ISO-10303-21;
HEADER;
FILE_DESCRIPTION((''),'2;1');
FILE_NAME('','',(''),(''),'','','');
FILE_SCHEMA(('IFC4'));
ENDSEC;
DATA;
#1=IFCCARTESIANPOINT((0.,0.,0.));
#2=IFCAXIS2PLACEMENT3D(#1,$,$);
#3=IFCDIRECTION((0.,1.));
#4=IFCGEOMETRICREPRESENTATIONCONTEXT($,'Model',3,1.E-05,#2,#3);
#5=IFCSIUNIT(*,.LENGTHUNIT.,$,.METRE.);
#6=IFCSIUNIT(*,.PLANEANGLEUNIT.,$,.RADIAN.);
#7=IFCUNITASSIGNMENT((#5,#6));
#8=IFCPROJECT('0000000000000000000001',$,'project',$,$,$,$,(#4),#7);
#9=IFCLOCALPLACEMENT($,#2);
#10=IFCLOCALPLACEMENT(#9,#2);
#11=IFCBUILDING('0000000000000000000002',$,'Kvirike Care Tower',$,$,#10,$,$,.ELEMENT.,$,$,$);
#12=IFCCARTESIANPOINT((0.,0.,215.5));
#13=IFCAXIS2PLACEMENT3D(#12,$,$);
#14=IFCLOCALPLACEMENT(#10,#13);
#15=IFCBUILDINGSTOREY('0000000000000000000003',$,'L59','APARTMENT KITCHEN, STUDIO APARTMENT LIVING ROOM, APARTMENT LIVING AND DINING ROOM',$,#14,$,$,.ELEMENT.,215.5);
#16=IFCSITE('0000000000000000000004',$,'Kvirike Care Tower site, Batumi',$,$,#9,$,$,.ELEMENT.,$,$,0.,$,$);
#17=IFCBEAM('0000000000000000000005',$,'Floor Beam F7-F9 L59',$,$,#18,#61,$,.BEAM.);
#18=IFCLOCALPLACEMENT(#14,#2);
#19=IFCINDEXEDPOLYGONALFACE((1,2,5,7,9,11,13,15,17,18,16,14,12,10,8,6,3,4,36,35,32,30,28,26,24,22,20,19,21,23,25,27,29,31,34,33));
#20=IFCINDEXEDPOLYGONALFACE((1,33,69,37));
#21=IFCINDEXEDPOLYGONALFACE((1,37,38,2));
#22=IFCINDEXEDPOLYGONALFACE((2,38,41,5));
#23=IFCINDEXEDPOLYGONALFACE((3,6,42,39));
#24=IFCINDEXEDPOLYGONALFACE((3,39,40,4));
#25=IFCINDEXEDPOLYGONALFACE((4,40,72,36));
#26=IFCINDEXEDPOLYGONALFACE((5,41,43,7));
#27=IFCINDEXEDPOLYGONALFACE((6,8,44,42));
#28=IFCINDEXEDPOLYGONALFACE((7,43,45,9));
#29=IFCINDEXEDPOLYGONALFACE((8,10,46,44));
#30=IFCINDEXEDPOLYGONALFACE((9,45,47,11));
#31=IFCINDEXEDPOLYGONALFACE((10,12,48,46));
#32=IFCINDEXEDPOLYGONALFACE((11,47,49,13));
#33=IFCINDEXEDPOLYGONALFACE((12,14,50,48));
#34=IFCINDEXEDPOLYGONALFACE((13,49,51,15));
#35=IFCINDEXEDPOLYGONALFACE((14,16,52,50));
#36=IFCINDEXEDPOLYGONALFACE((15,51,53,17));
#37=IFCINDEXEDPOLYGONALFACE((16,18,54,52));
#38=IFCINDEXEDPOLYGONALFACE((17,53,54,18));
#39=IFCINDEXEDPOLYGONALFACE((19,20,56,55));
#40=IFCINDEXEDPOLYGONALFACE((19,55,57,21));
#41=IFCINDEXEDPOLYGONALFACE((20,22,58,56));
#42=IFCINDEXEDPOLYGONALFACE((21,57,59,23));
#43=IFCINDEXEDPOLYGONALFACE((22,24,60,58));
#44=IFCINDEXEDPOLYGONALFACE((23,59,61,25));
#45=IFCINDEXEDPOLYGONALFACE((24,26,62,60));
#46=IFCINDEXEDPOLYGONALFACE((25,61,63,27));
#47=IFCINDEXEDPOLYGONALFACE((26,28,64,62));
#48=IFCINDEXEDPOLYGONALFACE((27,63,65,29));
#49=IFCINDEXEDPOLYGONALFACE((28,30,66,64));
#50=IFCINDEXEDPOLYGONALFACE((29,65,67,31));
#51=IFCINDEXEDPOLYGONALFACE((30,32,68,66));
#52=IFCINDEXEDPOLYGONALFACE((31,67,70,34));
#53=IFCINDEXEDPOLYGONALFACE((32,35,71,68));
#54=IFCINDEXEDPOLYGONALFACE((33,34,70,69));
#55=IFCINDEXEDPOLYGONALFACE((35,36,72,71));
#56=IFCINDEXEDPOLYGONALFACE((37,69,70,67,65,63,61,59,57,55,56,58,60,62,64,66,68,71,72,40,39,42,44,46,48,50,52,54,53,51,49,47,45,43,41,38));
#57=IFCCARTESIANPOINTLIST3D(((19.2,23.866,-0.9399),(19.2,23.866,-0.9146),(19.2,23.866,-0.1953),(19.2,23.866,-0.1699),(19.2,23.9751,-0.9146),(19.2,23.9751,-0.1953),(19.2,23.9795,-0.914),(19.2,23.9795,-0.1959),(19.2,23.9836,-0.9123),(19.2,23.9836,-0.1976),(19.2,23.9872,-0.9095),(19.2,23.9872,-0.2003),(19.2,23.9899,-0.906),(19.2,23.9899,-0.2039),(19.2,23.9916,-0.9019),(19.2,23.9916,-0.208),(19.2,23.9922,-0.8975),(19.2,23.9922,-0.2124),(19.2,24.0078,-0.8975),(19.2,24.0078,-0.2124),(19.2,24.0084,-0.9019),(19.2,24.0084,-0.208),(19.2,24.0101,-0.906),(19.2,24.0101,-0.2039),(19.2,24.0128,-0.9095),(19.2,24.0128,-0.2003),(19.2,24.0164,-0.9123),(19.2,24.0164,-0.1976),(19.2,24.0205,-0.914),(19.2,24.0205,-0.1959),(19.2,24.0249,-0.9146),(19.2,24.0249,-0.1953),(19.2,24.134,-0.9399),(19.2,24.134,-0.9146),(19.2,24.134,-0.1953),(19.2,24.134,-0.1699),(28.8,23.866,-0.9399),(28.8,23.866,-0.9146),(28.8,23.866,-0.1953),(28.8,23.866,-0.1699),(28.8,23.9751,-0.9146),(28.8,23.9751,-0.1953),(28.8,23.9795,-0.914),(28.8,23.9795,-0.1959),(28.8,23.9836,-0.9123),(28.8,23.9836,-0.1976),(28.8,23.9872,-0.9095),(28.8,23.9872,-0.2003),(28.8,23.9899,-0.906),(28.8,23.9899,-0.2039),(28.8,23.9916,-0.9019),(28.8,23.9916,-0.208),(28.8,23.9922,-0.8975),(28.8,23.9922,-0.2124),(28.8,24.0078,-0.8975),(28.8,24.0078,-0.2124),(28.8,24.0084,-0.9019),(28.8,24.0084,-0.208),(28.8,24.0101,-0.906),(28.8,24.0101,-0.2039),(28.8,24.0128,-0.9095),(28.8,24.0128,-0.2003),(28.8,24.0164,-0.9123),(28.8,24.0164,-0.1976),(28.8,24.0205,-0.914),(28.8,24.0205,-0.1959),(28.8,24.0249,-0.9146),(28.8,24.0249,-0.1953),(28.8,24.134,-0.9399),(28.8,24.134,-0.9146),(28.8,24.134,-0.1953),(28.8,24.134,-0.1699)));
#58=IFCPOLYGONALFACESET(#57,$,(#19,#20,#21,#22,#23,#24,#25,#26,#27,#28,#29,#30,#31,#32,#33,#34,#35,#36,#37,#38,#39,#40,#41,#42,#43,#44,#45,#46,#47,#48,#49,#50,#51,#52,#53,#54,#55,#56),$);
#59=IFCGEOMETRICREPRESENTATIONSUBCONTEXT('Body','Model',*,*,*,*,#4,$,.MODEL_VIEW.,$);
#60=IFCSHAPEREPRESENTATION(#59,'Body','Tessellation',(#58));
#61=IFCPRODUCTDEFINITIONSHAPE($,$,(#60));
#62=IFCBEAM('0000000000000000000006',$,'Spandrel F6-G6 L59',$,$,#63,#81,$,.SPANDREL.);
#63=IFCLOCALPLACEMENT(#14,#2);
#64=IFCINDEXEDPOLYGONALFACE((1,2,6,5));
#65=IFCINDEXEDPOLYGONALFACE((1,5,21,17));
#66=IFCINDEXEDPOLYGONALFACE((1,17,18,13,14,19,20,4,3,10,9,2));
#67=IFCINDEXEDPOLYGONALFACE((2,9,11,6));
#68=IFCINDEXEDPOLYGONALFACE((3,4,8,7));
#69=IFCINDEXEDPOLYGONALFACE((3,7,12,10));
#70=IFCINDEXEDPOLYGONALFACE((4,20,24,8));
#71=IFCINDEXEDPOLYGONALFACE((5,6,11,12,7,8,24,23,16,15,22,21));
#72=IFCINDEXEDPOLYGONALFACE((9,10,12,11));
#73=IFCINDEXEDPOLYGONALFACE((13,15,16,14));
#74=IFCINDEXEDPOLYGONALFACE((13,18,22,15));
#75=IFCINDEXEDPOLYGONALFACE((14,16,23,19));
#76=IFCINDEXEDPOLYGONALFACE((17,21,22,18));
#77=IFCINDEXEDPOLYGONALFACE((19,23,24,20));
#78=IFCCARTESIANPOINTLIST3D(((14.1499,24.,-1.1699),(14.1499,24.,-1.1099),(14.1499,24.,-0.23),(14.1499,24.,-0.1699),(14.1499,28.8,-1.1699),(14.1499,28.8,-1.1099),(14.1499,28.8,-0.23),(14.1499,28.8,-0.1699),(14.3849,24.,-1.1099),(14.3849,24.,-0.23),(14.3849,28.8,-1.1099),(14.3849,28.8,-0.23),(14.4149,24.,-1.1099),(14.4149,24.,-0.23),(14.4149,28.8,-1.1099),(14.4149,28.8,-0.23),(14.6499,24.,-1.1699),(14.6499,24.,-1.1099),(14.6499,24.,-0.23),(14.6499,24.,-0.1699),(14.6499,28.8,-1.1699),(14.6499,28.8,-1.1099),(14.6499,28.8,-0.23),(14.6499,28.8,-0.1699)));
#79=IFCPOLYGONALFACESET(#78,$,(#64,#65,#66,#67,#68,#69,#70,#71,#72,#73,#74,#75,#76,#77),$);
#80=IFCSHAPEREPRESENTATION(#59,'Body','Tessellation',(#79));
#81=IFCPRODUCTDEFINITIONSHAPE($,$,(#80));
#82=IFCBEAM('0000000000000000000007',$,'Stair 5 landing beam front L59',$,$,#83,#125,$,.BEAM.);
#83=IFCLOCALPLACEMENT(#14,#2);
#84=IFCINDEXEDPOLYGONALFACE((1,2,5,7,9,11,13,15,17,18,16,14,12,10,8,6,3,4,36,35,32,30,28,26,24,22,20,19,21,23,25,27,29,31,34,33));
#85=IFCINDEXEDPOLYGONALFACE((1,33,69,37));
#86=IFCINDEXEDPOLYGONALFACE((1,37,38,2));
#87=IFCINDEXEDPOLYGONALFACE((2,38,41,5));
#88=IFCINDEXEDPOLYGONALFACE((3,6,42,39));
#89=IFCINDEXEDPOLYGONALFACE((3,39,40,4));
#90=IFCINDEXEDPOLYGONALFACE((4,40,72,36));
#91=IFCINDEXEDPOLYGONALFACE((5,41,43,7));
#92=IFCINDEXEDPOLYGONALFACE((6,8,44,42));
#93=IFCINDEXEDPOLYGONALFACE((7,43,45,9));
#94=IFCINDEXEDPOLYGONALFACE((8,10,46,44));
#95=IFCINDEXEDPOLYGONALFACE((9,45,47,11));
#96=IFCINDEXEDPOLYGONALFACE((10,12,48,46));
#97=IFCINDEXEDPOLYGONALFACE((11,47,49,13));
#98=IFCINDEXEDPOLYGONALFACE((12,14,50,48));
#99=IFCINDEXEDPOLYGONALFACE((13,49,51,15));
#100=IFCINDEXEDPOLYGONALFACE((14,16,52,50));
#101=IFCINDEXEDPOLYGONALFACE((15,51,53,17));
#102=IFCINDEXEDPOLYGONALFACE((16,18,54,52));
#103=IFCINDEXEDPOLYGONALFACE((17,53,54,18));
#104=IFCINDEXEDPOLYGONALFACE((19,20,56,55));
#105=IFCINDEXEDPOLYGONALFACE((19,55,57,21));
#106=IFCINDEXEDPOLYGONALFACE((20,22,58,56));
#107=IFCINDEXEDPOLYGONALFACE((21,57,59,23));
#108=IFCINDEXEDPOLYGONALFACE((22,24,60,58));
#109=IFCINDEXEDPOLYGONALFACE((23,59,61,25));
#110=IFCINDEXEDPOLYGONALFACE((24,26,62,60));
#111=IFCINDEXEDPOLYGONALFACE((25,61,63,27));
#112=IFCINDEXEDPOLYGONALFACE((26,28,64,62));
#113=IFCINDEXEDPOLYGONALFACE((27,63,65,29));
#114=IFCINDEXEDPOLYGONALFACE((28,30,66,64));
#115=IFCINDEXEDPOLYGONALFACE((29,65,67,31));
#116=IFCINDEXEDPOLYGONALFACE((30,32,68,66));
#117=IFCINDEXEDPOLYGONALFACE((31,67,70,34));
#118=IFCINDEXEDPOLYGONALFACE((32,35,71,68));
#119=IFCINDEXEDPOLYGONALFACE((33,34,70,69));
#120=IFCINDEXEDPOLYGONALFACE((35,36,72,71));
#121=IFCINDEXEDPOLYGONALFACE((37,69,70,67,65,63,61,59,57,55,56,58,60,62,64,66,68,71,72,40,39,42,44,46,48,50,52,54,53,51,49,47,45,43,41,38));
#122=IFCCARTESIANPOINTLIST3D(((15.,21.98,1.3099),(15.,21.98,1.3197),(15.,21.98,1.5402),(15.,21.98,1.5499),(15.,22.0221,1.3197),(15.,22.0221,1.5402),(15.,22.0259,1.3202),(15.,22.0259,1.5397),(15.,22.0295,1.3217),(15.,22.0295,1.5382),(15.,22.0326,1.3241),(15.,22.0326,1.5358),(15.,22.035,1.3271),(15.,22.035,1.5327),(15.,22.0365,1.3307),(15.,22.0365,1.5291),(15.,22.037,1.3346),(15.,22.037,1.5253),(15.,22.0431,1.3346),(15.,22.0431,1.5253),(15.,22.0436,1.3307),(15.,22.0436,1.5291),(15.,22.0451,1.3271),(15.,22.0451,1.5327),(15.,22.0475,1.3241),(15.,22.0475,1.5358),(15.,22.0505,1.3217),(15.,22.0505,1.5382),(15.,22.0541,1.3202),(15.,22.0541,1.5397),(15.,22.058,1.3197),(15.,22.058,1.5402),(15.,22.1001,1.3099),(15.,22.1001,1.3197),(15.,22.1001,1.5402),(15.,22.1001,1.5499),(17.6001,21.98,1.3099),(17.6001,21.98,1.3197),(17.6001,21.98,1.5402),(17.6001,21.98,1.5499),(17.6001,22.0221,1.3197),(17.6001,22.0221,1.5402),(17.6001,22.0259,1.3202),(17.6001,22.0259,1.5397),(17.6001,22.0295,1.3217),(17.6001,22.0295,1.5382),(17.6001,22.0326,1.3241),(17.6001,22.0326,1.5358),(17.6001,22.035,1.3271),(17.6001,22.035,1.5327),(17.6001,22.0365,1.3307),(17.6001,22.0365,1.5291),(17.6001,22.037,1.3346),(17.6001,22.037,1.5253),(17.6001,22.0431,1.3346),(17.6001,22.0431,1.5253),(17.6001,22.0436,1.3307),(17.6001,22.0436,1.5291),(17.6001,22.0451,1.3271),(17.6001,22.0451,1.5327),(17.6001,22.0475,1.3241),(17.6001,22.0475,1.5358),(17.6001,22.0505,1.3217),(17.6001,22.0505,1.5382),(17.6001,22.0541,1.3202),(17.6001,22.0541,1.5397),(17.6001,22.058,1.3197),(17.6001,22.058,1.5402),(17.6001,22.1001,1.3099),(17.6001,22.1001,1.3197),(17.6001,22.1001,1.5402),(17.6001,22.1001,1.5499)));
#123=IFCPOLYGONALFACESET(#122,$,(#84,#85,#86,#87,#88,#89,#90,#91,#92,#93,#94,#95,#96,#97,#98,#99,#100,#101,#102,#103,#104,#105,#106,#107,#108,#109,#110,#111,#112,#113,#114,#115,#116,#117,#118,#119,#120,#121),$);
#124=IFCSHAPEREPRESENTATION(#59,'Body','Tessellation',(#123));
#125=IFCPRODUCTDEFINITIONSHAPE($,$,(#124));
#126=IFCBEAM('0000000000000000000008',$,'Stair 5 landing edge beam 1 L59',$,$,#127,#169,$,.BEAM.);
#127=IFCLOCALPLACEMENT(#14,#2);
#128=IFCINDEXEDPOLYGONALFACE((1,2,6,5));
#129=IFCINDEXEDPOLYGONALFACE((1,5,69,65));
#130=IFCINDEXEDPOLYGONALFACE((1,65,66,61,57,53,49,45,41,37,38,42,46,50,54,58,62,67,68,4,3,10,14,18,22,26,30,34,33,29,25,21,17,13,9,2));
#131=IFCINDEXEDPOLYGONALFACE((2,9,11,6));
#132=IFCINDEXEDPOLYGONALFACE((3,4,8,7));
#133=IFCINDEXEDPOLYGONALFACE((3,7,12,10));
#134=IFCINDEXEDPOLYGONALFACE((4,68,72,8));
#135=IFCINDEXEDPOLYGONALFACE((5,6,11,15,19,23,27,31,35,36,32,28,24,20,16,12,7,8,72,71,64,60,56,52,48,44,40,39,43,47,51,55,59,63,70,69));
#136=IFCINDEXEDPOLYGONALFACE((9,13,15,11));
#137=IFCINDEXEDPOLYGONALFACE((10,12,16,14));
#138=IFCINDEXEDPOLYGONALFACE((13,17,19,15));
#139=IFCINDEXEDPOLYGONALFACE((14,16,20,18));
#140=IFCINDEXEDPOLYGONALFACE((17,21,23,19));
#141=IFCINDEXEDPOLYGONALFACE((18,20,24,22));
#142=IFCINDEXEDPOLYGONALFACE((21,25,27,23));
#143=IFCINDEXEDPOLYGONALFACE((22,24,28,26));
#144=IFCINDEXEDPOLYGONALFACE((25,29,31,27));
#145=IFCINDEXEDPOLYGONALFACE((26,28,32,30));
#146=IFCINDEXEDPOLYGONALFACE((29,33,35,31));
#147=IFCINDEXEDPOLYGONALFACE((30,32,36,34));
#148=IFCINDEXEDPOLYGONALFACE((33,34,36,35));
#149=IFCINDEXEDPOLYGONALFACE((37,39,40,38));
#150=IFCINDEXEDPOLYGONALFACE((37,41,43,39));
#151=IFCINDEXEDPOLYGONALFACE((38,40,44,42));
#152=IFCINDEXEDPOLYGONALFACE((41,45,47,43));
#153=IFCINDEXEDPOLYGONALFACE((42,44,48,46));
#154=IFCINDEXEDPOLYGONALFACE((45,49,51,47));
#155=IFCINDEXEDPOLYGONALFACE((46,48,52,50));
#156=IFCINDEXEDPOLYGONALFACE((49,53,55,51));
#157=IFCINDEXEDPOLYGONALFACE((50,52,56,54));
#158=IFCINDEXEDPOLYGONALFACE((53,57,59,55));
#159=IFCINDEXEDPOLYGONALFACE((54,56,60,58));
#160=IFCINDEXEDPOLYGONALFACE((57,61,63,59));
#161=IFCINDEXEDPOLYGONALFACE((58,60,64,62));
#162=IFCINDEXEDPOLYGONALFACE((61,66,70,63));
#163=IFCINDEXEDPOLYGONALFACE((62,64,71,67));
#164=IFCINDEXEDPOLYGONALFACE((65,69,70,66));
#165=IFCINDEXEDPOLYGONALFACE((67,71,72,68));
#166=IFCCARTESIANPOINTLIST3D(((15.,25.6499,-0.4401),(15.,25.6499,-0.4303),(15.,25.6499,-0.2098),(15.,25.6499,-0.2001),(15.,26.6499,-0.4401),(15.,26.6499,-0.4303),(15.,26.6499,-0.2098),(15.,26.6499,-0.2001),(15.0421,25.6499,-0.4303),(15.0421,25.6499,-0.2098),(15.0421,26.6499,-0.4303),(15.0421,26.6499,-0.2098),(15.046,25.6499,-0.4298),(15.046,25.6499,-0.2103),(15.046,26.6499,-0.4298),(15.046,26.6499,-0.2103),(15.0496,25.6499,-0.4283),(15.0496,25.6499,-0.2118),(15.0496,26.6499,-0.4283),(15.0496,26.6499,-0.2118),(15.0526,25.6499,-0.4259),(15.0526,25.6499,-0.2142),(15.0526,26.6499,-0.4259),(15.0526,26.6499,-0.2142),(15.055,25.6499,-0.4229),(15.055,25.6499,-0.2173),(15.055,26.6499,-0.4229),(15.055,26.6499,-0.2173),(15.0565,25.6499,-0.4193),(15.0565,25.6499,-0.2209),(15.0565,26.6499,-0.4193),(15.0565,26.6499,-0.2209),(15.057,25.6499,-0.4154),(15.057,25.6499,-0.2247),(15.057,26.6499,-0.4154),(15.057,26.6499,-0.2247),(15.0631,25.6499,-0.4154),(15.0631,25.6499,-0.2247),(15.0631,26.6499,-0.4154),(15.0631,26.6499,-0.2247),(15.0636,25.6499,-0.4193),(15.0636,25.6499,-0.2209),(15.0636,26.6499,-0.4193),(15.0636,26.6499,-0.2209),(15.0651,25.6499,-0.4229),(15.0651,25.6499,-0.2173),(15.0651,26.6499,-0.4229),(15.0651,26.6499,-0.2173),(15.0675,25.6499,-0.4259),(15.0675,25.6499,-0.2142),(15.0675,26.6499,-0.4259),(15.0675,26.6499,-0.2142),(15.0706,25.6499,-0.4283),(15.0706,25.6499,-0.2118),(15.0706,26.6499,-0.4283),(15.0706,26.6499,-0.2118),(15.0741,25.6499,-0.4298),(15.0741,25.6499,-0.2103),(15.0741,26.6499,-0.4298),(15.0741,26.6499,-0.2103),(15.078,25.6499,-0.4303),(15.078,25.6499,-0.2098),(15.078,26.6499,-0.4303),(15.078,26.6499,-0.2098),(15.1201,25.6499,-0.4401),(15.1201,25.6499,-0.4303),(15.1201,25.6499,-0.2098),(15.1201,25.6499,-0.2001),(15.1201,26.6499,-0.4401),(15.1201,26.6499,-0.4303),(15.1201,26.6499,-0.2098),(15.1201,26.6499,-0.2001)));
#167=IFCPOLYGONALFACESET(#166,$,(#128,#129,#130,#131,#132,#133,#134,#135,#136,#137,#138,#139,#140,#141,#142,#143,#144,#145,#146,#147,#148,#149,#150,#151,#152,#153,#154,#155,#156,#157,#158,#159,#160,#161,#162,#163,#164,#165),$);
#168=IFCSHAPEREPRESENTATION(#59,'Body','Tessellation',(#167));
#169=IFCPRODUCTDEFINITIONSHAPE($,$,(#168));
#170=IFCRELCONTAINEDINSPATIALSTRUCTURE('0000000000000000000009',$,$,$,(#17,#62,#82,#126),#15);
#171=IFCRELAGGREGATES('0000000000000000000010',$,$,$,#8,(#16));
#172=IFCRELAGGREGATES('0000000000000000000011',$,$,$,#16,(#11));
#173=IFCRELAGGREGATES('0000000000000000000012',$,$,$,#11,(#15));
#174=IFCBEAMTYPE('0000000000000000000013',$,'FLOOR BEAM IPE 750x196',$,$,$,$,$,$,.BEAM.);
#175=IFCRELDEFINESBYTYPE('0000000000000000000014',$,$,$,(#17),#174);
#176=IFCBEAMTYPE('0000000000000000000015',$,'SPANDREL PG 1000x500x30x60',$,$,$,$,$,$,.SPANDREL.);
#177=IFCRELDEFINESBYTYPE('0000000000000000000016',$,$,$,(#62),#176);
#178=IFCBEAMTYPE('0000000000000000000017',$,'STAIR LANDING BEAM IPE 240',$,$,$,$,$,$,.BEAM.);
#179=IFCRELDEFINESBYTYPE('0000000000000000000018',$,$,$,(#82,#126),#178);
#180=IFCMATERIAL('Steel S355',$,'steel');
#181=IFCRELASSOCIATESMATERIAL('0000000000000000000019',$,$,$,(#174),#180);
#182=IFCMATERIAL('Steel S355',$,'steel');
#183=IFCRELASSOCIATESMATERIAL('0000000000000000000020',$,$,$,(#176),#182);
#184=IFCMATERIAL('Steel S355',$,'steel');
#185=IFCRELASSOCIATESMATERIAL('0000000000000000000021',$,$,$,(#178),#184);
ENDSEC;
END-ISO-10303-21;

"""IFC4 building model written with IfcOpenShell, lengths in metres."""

from ifc_helpers import new_model, si_unit, direction, frame, origin, origin_2d, place, context, subcontext, project, spatial, i_section, extrude, material, material_profile, profile_set, type_object, element, save


model = new_model("IFC4")

# Units and contexts
model_context = context("Model", 3, precision=1e-05, world=origin(), true_north=direction((0.0, 1.0)))
body_context = subcontext(model_context, "Body", "Model", "MODEL_VIEW")
ifc_project = project(units=[si_unit("LENGTHUNIT", "METRE"), si_unit("PLANEANGLEUNIT", "RADIAN")], contexts=[model_context])

# Site, building, storey
site_placement = place(None, origin())
site = spatial("IfcSite", under=ifc_project, at=site_placement, Name="Kvirike Care Tower site, Batumi", CompositionType="ELEMENT", RefElevation=0.0)
building_placement = place(site_placement, origin())
building = spatial("IfcBuilding", under=site, at=building_placement, Name="Kvirike Care Tower", CompositionType="ELEMENT")
storey_placement = place(building_placement, frame((0.0, 0.0, 215.5)))
storey = spatial("IfcBuildingStorey", under=building, at=storey_placement, Name="L59", Description="APARTMENT KITCHEN, STUDIO APARTMENT LIVING ROOM, APARTMENT LIVING AND DINING ROOM", CompositionType="ELEMENT", Elevation=215.5)

# Beams
ifc_material_1 = material(Name="Steel S355", Category="steel")
ifc_material_profile_1 = material_profile(ifc_material_1, i_section(OverallWidth=0.2681, OverallDepth=0.77, WebThickness=0.0156, FlangeThickness=0.0254, FilletRadius=0.0171, at=origin_2d()), Name="IPE 750x196")
ifc_profile_set_1 = profile_set([ifc_material_profile_1], Name="Steel S355")
beam_type_1 = type_object("IfcBeamType", Name="FLOOR BEAM IPE 750x196", PredefinedType="BEAM", material=ifc_profile_set_1)
beam_1_placement = place(storey_placement, frame((19.2, 24.0, -0.5549), z_axis=(1.0, 0.0, 0.0), x_axis=(0.0, 1.0, 0.0)))
element("IfcBeam", 1, at=beam_1_placement, inside=storey, type_object=beam_type_1, Name="Floor Beam F7-F9 L59", PredefinedType="BEAM", context=body_context, shape_type="SweptSolid", body=[
    extrude(i_section(OverallWidth=0.2681, OverallDepth=0.77, WebThickness=0.0156, FlangeThickness=0.0254, FilletRadius=0.0171, at=origin_2d()), origin(), (0.0, 0.0, 1.0), 9.6001),
])
ifc_material_2 = material(Name="Steel S355", Category="steel")
ifc_material_profile_2 = material_profile(ifc_material_2, i_section(OverallWidth=0.5, OverallDepth=1.0, WebThickness=0.03, FlangeThickness=0.0601, at=origin_2d()), Name="PG 1000x500x30x60")
ifc_profile_set_2 = profile_set([ifc_material_profile_2], Name="Steel S355")
beam_type_2 = type_object("IfcBeamType", Name="SPANDREL PG 1000x500x30x60", PredefinedType="SPANDREL", material=ifc_profile_set_2)
beam_2_placement = place(storey_placement, frame((14.3999, 24.0, -0.6699), z_axis=(0.0, 1.0, 0.0), x_axis=(-1.0, 0.0, 0.0)))
element("IfcBeam", 2, at=beam_2_placement, inside=storey, type_object=beam_type_2, Name="Spandrel F6-G6 L59", PredefinedType="SPANDREL", context=body_context, shape_type="SweptSolid", body=[
    extrude(i_section(OverallWidth=0.5, OverallDepth=1.0, WebThickness=0.03, FlangeThickness=0.0601, at=origin_2d()), origin(), (0.0, 0.0, 1.0), 4.8),
])
ifc_material_3 = material(Name="Steel S355", Category="steel")
ifc_material_profile_3 = material_profile(ifc_material_3, i_section(OverallWidth=0.1201, OverallDepth=0.24, WebThickness=0.0061, FlangeThickness=0.0098, FilletRadius=0.0149, at=origin_2d()), Name="IPE 240")
ifc_profile_set_3 = profile_set([ifc_material_profile_3], Name="Steel S355")
beam_type_3 = type_object("IfcBeamType", Name="STAIR LANDING BEAM IPE 240", PredefinedType="BEAM", material=ifc_profile_set_3)
beam_3_placement = place(storey_placement, frame((15.0, 22.04, 1.4299), z_axis=(1.0, 0.0, 0.0), x_axis=(0.0, 1.0, 0.0)))
element("IfcBeam", 3, at=beam_3_placement, inside=storey, type_object=beam_type_3, Name="Stair 5 landing beam front L59", PredefinedType="BEAM", context=body_context, shape_type="SweptSolid", body=[
    extrude(i_section(OverallWidth=0.1201, OverallDepth=0.24, WebThickness=0.0061, FlangeThickness=0.0098, FilletRadius=0.0149, at=origin_2d()), origin(), (0.0, 0.0, 1.0), 2.6001),
])
for number, where, z_axis, x_axis, name in (
    (4, (15.0601, 25.6499, -0.3201), (0.0, 1.0, 0.0), (-1.0, 0.0, 0.0), "Stair 5 landing edge beam 1 L59"),
):
    element("IfcBeam", number, at=place(storey_placement, frame(where, z_axis=z_axis, x_axis=x_axis)), inside=storey, type_object=beam_type_3, Name=name, PredefinedType="BEAM", context=body_context, shape_type="SweptSolid", body=[
        extrude(i_section(OverallWidth=0.1201, OverallDepth=0.24, WebThickness=0.0061, FlangeThickness=0.0098, FilletRadius=0.0149, at=origin_2d()), origin(), (0.0, 0.0, 1.0), 1.0),
    ])

save(model, "model.ifc")
